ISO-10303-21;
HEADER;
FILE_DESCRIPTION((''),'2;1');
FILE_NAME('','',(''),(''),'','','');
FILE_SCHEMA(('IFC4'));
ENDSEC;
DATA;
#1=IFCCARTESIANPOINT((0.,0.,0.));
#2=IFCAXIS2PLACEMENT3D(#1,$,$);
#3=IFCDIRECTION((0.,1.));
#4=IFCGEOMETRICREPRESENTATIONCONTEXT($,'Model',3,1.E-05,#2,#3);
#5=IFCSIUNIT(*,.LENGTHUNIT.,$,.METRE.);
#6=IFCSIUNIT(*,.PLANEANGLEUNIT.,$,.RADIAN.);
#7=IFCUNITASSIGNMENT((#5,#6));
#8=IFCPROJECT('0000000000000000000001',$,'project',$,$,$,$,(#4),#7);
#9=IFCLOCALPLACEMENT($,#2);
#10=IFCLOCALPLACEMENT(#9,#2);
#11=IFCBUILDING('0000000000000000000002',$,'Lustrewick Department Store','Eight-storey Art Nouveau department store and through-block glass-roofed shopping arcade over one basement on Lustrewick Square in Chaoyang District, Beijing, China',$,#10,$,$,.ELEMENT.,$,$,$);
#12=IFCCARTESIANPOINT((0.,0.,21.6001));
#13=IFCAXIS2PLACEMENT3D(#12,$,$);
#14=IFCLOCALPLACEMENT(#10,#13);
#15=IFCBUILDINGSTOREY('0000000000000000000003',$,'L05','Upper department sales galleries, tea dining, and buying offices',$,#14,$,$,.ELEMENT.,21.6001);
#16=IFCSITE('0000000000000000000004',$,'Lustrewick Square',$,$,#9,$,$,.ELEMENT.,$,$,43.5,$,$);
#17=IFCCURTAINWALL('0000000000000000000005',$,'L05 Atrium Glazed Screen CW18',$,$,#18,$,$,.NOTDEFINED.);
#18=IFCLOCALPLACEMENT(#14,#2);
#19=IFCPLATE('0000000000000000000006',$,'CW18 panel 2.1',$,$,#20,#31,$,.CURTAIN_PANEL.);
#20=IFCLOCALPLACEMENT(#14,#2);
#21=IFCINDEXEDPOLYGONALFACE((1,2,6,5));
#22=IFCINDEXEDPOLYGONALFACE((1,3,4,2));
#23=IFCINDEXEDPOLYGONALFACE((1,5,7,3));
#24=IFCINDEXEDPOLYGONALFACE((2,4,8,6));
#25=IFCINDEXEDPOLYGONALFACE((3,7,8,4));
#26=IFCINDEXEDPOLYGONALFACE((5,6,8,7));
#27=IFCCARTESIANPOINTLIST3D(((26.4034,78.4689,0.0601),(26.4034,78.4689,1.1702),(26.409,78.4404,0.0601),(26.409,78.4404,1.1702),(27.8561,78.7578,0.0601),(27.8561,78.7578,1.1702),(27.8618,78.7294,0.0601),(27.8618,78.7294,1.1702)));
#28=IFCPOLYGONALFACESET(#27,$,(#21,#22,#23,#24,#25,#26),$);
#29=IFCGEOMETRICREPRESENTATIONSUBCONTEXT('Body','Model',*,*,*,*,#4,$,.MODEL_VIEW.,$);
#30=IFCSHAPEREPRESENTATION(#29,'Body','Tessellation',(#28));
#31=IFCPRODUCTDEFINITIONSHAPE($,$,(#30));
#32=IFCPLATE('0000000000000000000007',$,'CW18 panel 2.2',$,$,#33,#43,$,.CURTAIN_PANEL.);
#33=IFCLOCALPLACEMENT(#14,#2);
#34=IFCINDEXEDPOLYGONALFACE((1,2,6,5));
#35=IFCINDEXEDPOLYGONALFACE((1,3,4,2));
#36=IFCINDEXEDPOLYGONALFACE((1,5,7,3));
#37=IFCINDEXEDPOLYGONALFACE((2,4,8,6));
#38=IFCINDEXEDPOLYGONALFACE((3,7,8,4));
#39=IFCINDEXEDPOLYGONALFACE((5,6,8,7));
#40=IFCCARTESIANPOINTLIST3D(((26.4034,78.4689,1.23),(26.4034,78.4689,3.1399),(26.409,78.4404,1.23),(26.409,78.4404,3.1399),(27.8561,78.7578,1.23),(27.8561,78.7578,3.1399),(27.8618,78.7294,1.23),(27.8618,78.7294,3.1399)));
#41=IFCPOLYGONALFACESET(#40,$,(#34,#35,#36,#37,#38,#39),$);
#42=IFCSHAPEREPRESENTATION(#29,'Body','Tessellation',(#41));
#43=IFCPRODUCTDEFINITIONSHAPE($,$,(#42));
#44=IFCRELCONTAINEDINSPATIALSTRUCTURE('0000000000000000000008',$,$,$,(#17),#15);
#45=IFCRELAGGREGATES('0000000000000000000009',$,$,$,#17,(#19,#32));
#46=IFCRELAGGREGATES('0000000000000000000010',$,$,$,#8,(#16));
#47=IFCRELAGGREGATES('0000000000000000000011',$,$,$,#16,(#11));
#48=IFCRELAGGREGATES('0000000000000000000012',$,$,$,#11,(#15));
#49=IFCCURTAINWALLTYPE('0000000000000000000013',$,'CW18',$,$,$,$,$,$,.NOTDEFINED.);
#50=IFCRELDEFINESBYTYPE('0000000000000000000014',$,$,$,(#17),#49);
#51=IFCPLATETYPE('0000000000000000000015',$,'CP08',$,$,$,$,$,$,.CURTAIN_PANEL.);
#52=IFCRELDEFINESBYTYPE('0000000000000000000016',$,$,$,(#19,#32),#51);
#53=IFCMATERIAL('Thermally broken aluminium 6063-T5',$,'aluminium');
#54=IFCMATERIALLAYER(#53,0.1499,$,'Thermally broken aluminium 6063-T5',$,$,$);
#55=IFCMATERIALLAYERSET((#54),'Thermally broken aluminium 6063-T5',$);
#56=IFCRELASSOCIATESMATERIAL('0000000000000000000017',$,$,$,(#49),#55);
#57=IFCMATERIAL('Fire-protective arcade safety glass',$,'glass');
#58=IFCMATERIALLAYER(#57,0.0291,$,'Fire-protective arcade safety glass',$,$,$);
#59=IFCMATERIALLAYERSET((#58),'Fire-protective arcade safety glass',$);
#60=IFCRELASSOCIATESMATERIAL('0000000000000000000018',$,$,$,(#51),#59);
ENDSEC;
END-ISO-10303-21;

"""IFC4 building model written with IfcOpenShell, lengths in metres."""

from ifc_helpers import new_model, si_unit, direction, frame, origin, origin_2d, place, context, subcontext, project, spatial, rectangle, extrude, material, layer, layer_set, type_object, element, aggregate, save


model = new_model("IFC4")

# Units and contexts
model_context = context("Model", 3, precision=1e-05, world=origin(), true_north=direction((0.0, 1.0)))
body_context = subcontext(model_context, "Body", "Model", "MODEL_VIEW")
ifc_project = project(units=[si_unit("LENGTHUNIT", "METRE"), si_unit("PLANEANGLEUNIT", "RADIAN")], contexts=[model_context])

# Site, building, storey
site_placement = place(None, origin())
site = spatial("IfcSite", under=ifc_project, at=site_placement, Name="Lustrewick Square", CompositionType="ELEMENT", RefElevation=43.5)
building_placement = place(site_placement, origin())
building = spatial("IfcBuilding", under=site, at=building_placement, Name="Lustrewick Department Store", Description="Eight-storey Art Nouveau department store and through-block glass-roofed shopping arcade over one basement on Lustrewick Square in Chaoyang District, Beijing, China", CompositionType="ELEMENT")
storey_placement = place(building_placement, frame((0.0, 0.0, 21.6001)))
storey = spatial("IfcBuildingStorey", under=building, at=storey_placement, Name="L05", Description="Upper department sales galleries, tea dining, and buying offices", CompositionType="ELEMENT", Elevation=21.6001)

# Curtain wall
ifc_material_1 = material(Name="Thermally broken aluminium 6063-T5", Category="aluminium")
ifc_layer_1 = layer(ifc_material_1, 0.1499, Name="Thermally broken aluminium 6063-T5")
ifc_layer_set_1 = layer_set([ifc_layer_1], Name="Thermally broken aluminium 6063-T5")
curtain_wall_type_1 = type_object("IfcCurtainWallType", Name="CW18", PredefinedType="NOTDEFINED", material=ifc_layer_set_1)
curtain_wall_1_placement = place(storey_placement, origin())
curtain_wall_1 = element("IfcCurtainWall", 1, at=curtain_wall_1_placement, inside=storey, type_object=curtain_wall_type_1, Name="L05 Atrium Glazed Screen CW18", PredefinedType="NOTDEFINED")

# Plates
ifc_material_2 = material(Name="Fire-protective arcade safety glass", Category="glass")
ifc_layer_2 = layer(ifc_material_2, 0.0291, Name="Fire-protective arcade safety glass")
ifc_layer_set_2 = layer_set([ifc_layer_2], Name="Fire-protective arcade safety glass")
plate_type_1 = type_object("IfcPlateType", Name="CP08", PredefinedType="CURTAIN_PANEL", material=ifc_layer_set_2)
plate_1_placement = place(storey_placement, frame((27.1326, 78.5991, 0.0601), z_axis=(0.0, 0.0, 1.0), x_axis=(-0.980786, -0.195085, 0.0)))
plate_1 = element("IfcPlate", 2, at=plate_1_placement, type_object=plate_type_1, Name="CW18 panel 2.1", PredefinedType="CURTAIN_PANEL", context=body_context, shape_type="SweptSolid", body=[
    extrude(rectangle(XDim=1.4812, YDim=0.0291, at=origin_2d()), origin(), (0.0, 0.0, 1.0), 1.1101),
])
plate_2_placement = place(storey_placement, frame((27.1326, 78.5991, 1.23), z_axis=(0.0, 0.0, 1.0), x_axis=(-0.980786, -0.195085, 0.0)))
plate_2 = element("IfcPlate", 3, at=plate_2_placement, type_object=plate_type_1, Name="CW18 panel 2.2", PredefinedType="CURTAIN_PANEL", context=body_context, shape_type="SweptSolid", body=[
    extrude(rectangle(XDim=1.4812, YDim=0.0291, at=origin_2d()), origin(), (0.0, 0.0, 1.0), 1.9099),
])
aggregate(curtain_wall_1, [plate_1, plate_2])

save(model, "model.ifc")
